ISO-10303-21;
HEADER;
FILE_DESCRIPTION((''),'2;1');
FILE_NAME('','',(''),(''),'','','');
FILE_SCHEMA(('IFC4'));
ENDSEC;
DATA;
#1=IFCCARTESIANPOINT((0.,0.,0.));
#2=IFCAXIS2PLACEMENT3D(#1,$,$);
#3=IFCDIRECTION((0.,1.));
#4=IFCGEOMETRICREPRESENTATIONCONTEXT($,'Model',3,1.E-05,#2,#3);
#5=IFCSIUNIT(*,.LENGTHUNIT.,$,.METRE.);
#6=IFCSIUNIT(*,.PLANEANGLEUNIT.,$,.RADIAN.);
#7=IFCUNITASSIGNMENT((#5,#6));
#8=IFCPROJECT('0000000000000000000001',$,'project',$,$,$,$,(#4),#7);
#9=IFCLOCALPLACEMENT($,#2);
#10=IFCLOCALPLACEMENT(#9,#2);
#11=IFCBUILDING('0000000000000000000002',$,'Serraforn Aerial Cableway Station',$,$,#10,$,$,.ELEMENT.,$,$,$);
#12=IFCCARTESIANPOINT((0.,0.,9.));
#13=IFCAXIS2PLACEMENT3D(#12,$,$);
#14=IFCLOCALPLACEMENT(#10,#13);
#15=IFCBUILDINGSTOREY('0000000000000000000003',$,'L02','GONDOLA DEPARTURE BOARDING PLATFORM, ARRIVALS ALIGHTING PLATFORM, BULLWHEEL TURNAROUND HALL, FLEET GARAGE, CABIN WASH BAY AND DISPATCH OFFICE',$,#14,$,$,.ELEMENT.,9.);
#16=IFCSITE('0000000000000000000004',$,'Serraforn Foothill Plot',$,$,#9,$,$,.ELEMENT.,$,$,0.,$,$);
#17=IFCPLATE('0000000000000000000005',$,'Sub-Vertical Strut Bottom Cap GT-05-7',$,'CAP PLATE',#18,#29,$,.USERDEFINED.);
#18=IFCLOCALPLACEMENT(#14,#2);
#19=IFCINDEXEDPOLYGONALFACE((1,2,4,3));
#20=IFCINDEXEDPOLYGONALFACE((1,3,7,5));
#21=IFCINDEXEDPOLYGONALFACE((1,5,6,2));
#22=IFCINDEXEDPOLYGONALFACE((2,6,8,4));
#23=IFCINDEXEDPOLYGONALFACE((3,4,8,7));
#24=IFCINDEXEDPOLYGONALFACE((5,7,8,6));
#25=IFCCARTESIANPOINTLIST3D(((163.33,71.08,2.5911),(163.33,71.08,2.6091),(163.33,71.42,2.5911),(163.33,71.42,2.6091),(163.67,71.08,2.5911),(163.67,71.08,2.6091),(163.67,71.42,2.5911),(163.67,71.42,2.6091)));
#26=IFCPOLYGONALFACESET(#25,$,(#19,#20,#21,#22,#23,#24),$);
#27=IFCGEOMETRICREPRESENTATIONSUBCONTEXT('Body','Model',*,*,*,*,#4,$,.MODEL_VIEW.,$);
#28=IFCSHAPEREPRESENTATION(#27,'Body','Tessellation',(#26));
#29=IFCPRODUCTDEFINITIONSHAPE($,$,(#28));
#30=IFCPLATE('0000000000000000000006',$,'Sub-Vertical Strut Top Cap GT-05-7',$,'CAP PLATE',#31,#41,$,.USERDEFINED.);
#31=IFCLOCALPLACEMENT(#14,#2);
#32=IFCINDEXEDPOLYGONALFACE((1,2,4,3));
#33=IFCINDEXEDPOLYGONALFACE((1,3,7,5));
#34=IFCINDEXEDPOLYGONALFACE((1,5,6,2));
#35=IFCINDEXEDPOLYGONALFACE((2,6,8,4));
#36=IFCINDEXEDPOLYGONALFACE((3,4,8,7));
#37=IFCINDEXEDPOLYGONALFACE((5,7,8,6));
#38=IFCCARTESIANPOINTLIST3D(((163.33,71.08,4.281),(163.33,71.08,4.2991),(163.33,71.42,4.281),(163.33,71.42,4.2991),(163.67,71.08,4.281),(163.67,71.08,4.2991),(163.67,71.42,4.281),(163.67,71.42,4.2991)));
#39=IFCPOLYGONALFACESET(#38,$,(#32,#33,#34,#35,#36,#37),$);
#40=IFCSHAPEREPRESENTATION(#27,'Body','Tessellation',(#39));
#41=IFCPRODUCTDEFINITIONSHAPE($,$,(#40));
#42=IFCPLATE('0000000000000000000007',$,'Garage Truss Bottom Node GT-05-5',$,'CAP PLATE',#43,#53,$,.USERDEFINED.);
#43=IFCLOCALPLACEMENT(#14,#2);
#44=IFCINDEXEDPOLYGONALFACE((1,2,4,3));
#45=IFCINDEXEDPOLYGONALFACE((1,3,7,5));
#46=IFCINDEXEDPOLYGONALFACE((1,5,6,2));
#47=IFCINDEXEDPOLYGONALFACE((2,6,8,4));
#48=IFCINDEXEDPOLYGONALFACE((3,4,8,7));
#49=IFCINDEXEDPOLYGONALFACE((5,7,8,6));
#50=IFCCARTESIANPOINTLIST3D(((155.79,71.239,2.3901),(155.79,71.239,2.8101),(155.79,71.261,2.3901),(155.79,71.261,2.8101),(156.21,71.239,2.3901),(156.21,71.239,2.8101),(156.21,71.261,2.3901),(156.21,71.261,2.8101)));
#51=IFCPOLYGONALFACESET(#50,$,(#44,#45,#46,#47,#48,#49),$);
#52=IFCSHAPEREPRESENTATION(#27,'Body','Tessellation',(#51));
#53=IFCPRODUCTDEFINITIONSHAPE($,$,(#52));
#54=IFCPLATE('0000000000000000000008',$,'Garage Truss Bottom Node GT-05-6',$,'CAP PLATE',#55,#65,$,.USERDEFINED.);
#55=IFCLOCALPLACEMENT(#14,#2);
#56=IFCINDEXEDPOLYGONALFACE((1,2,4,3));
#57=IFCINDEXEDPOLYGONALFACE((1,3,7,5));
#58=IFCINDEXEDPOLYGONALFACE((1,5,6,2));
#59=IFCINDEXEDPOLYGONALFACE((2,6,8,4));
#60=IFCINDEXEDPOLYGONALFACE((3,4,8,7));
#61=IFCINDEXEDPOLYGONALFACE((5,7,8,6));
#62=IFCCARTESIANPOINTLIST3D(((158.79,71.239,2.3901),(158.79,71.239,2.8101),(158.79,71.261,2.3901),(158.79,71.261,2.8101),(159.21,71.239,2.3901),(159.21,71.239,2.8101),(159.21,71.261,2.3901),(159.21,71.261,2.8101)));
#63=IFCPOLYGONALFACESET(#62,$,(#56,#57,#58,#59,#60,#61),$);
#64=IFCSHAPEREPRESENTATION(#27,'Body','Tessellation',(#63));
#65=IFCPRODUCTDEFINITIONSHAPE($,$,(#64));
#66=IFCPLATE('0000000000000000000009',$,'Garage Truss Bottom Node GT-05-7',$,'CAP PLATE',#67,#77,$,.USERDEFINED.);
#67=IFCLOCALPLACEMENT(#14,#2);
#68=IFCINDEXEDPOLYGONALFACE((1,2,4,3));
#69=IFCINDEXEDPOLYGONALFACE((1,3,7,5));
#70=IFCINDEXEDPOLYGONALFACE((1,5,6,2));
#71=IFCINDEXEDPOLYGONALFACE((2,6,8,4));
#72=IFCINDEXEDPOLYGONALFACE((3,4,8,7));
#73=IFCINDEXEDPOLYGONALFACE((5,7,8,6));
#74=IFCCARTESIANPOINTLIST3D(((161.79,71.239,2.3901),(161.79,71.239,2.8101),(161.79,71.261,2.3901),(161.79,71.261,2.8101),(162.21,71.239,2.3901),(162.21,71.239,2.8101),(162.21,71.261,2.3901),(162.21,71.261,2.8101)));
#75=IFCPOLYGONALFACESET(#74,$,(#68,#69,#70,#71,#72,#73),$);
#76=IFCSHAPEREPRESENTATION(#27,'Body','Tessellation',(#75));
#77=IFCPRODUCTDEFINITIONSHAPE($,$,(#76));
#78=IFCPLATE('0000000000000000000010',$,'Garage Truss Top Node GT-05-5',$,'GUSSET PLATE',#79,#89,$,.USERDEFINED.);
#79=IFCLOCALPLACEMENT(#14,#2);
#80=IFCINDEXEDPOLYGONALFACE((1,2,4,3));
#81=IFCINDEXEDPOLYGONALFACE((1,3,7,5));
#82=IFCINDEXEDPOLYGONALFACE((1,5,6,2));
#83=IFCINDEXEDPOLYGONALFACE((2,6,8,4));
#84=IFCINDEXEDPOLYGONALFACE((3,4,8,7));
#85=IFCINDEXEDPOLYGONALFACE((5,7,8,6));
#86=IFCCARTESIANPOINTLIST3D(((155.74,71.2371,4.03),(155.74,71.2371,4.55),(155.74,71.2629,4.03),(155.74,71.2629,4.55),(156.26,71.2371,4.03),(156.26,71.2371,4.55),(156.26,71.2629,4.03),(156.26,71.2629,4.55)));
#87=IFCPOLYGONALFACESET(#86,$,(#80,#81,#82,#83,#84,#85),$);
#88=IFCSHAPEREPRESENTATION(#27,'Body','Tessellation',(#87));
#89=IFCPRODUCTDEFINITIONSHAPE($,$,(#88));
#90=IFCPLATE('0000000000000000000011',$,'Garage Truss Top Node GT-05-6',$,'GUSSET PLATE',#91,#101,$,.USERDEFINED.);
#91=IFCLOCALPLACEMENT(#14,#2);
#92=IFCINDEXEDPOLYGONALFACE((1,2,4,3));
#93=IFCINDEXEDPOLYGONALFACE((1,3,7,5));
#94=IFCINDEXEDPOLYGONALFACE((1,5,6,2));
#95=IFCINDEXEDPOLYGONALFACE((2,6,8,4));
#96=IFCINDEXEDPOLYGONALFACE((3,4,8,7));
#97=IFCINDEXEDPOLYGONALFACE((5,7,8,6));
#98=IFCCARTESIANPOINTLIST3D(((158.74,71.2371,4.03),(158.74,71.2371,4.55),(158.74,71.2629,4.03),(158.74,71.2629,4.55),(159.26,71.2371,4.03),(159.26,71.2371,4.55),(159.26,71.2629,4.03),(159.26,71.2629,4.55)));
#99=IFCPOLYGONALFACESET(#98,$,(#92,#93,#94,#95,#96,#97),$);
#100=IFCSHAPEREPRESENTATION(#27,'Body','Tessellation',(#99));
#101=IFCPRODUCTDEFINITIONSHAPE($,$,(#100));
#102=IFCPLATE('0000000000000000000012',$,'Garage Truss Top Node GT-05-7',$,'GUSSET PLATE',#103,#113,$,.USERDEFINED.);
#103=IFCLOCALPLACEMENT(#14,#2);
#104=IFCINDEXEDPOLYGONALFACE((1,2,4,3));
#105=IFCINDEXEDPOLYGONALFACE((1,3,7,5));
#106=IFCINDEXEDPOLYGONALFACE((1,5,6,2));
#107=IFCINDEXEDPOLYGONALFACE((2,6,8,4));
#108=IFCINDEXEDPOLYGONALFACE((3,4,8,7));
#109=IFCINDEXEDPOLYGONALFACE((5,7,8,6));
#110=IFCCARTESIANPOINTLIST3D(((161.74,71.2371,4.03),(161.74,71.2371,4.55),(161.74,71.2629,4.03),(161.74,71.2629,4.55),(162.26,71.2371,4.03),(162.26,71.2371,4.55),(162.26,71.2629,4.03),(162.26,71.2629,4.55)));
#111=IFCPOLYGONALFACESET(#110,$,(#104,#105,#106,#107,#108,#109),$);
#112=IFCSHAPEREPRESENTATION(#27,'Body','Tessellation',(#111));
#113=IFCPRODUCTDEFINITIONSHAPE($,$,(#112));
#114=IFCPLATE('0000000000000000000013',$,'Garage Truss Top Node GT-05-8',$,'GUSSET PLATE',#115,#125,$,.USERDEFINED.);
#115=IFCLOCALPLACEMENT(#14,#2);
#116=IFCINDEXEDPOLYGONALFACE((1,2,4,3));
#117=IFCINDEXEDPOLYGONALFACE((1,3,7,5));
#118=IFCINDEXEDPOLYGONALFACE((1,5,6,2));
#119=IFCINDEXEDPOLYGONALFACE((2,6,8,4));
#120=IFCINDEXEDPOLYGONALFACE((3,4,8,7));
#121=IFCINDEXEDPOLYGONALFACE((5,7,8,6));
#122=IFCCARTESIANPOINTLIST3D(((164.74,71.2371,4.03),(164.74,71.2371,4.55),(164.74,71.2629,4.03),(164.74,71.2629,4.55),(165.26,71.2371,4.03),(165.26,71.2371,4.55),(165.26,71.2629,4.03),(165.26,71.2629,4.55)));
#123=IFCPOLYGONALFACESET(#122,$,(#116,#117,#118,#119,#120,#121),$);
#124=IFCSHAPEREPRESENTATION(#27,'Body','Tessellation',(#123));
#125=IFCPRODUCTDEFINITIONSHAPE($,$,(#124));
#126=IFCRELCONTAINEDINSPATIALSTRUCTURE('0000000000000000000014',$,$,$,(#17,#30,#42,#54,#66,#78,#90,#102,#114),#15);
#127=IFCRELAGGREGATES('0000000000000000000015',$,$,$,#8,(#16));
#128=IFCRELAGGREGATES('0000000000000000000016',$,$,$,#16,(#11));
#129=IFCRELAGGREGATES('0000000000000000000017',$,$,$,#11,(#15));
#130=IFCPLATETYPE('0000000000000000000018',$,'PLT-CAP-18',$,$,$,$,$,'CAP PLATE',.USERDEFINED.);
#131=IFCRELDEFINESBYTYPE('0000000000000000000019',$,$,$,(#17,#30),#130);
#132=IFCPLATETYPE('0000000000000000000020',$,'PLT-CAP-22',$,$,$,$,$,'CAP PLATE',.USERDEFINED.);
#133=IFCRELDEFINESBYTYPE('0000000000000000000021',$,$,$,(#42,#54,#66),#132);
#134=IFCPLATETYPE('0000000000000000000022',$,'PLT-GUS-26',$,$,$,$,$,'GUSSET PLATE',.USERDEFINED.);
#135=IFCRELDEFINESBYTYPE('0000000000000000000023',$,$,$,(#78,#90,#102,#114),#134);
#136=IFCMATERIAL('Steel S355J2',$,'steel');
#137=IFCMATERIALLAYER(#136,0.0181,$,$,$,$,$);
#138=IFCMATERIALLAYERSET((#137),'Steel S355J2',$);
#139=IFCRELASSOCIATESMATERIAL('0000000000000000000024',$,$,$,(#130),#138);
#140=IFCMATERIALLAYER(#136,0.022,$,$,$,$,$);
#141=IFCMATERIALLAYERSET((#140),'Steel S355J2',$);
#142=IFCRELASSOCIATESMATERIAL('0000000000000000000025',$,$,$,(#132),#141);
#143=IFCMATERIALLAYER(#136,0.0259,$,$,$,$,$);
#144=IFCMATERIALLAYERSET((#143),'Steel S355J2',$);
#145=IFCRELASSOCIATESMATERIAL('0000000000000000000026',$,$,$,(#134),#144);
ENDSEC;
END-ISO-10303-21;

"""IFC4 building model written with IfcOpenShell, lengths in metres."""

from ifc_helpers import new_model, si_unit, direction, frame, origin, origin_2d, place, context, subcontext, project, spatial, rectangle, extrude, material, layer, layer_set, type_object, element, save


model = new_model("IFC4")

# Units and contexts
model_context = context("Model", 3, precision=1e-05, world=origin(), true_north=direction((0.0, 1.0)))
body_context = subcontext(model_context, "Body", "Model", "MODEL_VIEW")
ifc_project = project(units=[si_unit("LENGTHUNIT", "METRE"), si_unit("PLANEANGLEUNIT", "RADIAN")], contexts=[model_context])

# Site, building, storey
site_placement = place(None, origin())
site = spatial("IfcSite", under=ifc_project, at=site_placement, Name="Serraforn Foothill Plot", CompositionType="ELEMENT", RefElevation=0.0)
building_placement = place(site_placement, origin())
building = spatial("IfcBuilding", under=site, at=building_placement, Name="Serraforn Aerial Cableway Station", CompositionType="ELEMENT")
storey_placement = place(building_placement, frame((0.0, 0.0, 9.0)))
storey = spatial("IfcBuildingStorey", under=building, at=storey_placement, Name="L02", Description="GONDOLA DEPARTURE BOARDING PLATFORM, ARRIVALS ALIGHTING PLATFORM, BULLWHEEL TURNAROUND HALL, FLEET GARAGE, CABIN WASH BAY AND DISPATCH OFFICE", CompositionType="ELEMENT", Elevation=9.0)

# Shared definitions
ifc_material_1 = material(Name="Steel S355J2", Category="steel")

# Plates
ifc_layer_1 = layer(ifc_material_1, 0.0181)
ifc_layer_set_1 = layer_set([ifc_layer_1], Name="Steel S355J2")
plate_type_1 = type_object("IfcPlateType", Name="PLT-CAP-18", ElementType="CAP PLATE", PredefinedType="USERDEFINED", material=ifc_layer_set_1)
for number, where, z_axis, x_axis, name in (
    (1, (163.5, 71.25, 2.5911), (0.0, 0.0, 1.0), (1.0, 0.0, 0.0), "Sub-Vertical Strut Bottom Cap GT-05-7"),
    (2, (163.5, 71.25, 4.281), (0.0, 0.0, 1.0), (1.0, 0.0, 0.0), "Sub-Vertical Strut Top Cap GT-05-7"),
):
    element("IfcPlate", number, at=place(storey_placement, frame(where, z_axis=z_axis, x_axis=x_axis)), inside=storey, type_object=plate_type_1, Name=name, ObjectType="CAP PLATE", PredefinedType="USERDEFINED", context=body_context, shape_type="SweptSolid", body=[
        extrude(rectangle(XDim=0.3401, YDim=0.3401, at=origin_2d()), origin(), (0.0, 0.0, 1.0), 0.0181),
    ])
ifc_layer_2 = layer(ifc_material_1, 0.022)
ifc_layer_set_2 = layer_set([ifc_layer_2], Name="Steel S355J2")
plate_type_2 = type_object("IfcPlateType", Name="PLT-CAP-22", ElementType="CAP PLATE", PredefinedType="USERDEFINED", material=ifc_layer_set_2)
for number, where, z_axis, x_axis, name in (
    (3, (156.0, 71.25, 2.3901), (0.0, 0.0, 1.0), (1.0, 0.0, 0.0), "Garage Truss Bottom Node GT-05-5"),
    (4, (159.0, 71.25, 2.3901), (0.0, 0.0, 1.0), (1.0, 0.0, 0.0), "Garage Truss Bottom Node GT-05-6"),
    (5, (162.0, 71.25, 2.3901), (0.0, 0.0, 1.0), (1.0, 0.0, 0.0), "Garage Truss Bottom Node GT-05-7"),
):
    element("IfcPlate", number, at=place(storey_placement, frame(where, z_axis=z_axis, x_axis=x_axis)), inside=storey, type_object=plate_type_2, Name=name, ObjectType="CAP PLATE", PredefinedType="USERDEFINED", context=body_context, shape_type="SweptSolid", body=[
        extrude(rectangle(XDim=0.4199, YDim=0.022, at=origin_2d()), origin(), (0.0, 0.0, 1.0), 0.4199),
    ])
ifc_layer_3 = layer(ifc_material_1, 0.0259)
ifc_layer_set_3 = layer_set([ifc_layer_3], Name="Steel S355J2")
plate_type_3 = type_object("IfcPlateType", Name="PLT-GUS-26", ElementType="GUSSET PLATE", PredefinedType="USERDEFINED", material=ifc_layer_set_3)
for number, where, z_axis, x_axis, name in (
    (6, (156.0, 71.25, 4.03), (0.0, 0.0, 1.0), (1.0, 0.0, 0.0), "Garage Truss Top Node GT-05-5"),
    (7, (159.0, 71.25, 4.03), (0.0, 0.0, 1.0), (1.0, 0.0, 0.0), "Garage Truss Top Node GT-05-6"),
    (8, (162.0, 71.25, 4.03), (0.0, 0.0, 1.0), (1.0, 0.0, 0.0), "Garage Truss Top Node GT-05-7"),
    (9, (165.0, 71.25, 4.03), (0.0, 0.0, 1.0), (1.0, 0.0, 0.0), "Garage Truss Top Node GT-05-8"),
):
    element("IfcPlate", number, at=place(storey_placement, frame(where, z_axis=z_axis, x_axis=x_axis)), inside=storey, type_object=plate_type_3, Name=name, ObjectType="GUSSET PLATE", PredefinedType="USERDEFINED", context=body_context, shape_type="SweptSolid", body=[
        extrude(rectangle(XDim=0.52, YDim=0.0259, at=origin_2d()), origin(), (0.0, 0.0, 1.0), 0.52),
    ])

save(model, "model.ifc")
